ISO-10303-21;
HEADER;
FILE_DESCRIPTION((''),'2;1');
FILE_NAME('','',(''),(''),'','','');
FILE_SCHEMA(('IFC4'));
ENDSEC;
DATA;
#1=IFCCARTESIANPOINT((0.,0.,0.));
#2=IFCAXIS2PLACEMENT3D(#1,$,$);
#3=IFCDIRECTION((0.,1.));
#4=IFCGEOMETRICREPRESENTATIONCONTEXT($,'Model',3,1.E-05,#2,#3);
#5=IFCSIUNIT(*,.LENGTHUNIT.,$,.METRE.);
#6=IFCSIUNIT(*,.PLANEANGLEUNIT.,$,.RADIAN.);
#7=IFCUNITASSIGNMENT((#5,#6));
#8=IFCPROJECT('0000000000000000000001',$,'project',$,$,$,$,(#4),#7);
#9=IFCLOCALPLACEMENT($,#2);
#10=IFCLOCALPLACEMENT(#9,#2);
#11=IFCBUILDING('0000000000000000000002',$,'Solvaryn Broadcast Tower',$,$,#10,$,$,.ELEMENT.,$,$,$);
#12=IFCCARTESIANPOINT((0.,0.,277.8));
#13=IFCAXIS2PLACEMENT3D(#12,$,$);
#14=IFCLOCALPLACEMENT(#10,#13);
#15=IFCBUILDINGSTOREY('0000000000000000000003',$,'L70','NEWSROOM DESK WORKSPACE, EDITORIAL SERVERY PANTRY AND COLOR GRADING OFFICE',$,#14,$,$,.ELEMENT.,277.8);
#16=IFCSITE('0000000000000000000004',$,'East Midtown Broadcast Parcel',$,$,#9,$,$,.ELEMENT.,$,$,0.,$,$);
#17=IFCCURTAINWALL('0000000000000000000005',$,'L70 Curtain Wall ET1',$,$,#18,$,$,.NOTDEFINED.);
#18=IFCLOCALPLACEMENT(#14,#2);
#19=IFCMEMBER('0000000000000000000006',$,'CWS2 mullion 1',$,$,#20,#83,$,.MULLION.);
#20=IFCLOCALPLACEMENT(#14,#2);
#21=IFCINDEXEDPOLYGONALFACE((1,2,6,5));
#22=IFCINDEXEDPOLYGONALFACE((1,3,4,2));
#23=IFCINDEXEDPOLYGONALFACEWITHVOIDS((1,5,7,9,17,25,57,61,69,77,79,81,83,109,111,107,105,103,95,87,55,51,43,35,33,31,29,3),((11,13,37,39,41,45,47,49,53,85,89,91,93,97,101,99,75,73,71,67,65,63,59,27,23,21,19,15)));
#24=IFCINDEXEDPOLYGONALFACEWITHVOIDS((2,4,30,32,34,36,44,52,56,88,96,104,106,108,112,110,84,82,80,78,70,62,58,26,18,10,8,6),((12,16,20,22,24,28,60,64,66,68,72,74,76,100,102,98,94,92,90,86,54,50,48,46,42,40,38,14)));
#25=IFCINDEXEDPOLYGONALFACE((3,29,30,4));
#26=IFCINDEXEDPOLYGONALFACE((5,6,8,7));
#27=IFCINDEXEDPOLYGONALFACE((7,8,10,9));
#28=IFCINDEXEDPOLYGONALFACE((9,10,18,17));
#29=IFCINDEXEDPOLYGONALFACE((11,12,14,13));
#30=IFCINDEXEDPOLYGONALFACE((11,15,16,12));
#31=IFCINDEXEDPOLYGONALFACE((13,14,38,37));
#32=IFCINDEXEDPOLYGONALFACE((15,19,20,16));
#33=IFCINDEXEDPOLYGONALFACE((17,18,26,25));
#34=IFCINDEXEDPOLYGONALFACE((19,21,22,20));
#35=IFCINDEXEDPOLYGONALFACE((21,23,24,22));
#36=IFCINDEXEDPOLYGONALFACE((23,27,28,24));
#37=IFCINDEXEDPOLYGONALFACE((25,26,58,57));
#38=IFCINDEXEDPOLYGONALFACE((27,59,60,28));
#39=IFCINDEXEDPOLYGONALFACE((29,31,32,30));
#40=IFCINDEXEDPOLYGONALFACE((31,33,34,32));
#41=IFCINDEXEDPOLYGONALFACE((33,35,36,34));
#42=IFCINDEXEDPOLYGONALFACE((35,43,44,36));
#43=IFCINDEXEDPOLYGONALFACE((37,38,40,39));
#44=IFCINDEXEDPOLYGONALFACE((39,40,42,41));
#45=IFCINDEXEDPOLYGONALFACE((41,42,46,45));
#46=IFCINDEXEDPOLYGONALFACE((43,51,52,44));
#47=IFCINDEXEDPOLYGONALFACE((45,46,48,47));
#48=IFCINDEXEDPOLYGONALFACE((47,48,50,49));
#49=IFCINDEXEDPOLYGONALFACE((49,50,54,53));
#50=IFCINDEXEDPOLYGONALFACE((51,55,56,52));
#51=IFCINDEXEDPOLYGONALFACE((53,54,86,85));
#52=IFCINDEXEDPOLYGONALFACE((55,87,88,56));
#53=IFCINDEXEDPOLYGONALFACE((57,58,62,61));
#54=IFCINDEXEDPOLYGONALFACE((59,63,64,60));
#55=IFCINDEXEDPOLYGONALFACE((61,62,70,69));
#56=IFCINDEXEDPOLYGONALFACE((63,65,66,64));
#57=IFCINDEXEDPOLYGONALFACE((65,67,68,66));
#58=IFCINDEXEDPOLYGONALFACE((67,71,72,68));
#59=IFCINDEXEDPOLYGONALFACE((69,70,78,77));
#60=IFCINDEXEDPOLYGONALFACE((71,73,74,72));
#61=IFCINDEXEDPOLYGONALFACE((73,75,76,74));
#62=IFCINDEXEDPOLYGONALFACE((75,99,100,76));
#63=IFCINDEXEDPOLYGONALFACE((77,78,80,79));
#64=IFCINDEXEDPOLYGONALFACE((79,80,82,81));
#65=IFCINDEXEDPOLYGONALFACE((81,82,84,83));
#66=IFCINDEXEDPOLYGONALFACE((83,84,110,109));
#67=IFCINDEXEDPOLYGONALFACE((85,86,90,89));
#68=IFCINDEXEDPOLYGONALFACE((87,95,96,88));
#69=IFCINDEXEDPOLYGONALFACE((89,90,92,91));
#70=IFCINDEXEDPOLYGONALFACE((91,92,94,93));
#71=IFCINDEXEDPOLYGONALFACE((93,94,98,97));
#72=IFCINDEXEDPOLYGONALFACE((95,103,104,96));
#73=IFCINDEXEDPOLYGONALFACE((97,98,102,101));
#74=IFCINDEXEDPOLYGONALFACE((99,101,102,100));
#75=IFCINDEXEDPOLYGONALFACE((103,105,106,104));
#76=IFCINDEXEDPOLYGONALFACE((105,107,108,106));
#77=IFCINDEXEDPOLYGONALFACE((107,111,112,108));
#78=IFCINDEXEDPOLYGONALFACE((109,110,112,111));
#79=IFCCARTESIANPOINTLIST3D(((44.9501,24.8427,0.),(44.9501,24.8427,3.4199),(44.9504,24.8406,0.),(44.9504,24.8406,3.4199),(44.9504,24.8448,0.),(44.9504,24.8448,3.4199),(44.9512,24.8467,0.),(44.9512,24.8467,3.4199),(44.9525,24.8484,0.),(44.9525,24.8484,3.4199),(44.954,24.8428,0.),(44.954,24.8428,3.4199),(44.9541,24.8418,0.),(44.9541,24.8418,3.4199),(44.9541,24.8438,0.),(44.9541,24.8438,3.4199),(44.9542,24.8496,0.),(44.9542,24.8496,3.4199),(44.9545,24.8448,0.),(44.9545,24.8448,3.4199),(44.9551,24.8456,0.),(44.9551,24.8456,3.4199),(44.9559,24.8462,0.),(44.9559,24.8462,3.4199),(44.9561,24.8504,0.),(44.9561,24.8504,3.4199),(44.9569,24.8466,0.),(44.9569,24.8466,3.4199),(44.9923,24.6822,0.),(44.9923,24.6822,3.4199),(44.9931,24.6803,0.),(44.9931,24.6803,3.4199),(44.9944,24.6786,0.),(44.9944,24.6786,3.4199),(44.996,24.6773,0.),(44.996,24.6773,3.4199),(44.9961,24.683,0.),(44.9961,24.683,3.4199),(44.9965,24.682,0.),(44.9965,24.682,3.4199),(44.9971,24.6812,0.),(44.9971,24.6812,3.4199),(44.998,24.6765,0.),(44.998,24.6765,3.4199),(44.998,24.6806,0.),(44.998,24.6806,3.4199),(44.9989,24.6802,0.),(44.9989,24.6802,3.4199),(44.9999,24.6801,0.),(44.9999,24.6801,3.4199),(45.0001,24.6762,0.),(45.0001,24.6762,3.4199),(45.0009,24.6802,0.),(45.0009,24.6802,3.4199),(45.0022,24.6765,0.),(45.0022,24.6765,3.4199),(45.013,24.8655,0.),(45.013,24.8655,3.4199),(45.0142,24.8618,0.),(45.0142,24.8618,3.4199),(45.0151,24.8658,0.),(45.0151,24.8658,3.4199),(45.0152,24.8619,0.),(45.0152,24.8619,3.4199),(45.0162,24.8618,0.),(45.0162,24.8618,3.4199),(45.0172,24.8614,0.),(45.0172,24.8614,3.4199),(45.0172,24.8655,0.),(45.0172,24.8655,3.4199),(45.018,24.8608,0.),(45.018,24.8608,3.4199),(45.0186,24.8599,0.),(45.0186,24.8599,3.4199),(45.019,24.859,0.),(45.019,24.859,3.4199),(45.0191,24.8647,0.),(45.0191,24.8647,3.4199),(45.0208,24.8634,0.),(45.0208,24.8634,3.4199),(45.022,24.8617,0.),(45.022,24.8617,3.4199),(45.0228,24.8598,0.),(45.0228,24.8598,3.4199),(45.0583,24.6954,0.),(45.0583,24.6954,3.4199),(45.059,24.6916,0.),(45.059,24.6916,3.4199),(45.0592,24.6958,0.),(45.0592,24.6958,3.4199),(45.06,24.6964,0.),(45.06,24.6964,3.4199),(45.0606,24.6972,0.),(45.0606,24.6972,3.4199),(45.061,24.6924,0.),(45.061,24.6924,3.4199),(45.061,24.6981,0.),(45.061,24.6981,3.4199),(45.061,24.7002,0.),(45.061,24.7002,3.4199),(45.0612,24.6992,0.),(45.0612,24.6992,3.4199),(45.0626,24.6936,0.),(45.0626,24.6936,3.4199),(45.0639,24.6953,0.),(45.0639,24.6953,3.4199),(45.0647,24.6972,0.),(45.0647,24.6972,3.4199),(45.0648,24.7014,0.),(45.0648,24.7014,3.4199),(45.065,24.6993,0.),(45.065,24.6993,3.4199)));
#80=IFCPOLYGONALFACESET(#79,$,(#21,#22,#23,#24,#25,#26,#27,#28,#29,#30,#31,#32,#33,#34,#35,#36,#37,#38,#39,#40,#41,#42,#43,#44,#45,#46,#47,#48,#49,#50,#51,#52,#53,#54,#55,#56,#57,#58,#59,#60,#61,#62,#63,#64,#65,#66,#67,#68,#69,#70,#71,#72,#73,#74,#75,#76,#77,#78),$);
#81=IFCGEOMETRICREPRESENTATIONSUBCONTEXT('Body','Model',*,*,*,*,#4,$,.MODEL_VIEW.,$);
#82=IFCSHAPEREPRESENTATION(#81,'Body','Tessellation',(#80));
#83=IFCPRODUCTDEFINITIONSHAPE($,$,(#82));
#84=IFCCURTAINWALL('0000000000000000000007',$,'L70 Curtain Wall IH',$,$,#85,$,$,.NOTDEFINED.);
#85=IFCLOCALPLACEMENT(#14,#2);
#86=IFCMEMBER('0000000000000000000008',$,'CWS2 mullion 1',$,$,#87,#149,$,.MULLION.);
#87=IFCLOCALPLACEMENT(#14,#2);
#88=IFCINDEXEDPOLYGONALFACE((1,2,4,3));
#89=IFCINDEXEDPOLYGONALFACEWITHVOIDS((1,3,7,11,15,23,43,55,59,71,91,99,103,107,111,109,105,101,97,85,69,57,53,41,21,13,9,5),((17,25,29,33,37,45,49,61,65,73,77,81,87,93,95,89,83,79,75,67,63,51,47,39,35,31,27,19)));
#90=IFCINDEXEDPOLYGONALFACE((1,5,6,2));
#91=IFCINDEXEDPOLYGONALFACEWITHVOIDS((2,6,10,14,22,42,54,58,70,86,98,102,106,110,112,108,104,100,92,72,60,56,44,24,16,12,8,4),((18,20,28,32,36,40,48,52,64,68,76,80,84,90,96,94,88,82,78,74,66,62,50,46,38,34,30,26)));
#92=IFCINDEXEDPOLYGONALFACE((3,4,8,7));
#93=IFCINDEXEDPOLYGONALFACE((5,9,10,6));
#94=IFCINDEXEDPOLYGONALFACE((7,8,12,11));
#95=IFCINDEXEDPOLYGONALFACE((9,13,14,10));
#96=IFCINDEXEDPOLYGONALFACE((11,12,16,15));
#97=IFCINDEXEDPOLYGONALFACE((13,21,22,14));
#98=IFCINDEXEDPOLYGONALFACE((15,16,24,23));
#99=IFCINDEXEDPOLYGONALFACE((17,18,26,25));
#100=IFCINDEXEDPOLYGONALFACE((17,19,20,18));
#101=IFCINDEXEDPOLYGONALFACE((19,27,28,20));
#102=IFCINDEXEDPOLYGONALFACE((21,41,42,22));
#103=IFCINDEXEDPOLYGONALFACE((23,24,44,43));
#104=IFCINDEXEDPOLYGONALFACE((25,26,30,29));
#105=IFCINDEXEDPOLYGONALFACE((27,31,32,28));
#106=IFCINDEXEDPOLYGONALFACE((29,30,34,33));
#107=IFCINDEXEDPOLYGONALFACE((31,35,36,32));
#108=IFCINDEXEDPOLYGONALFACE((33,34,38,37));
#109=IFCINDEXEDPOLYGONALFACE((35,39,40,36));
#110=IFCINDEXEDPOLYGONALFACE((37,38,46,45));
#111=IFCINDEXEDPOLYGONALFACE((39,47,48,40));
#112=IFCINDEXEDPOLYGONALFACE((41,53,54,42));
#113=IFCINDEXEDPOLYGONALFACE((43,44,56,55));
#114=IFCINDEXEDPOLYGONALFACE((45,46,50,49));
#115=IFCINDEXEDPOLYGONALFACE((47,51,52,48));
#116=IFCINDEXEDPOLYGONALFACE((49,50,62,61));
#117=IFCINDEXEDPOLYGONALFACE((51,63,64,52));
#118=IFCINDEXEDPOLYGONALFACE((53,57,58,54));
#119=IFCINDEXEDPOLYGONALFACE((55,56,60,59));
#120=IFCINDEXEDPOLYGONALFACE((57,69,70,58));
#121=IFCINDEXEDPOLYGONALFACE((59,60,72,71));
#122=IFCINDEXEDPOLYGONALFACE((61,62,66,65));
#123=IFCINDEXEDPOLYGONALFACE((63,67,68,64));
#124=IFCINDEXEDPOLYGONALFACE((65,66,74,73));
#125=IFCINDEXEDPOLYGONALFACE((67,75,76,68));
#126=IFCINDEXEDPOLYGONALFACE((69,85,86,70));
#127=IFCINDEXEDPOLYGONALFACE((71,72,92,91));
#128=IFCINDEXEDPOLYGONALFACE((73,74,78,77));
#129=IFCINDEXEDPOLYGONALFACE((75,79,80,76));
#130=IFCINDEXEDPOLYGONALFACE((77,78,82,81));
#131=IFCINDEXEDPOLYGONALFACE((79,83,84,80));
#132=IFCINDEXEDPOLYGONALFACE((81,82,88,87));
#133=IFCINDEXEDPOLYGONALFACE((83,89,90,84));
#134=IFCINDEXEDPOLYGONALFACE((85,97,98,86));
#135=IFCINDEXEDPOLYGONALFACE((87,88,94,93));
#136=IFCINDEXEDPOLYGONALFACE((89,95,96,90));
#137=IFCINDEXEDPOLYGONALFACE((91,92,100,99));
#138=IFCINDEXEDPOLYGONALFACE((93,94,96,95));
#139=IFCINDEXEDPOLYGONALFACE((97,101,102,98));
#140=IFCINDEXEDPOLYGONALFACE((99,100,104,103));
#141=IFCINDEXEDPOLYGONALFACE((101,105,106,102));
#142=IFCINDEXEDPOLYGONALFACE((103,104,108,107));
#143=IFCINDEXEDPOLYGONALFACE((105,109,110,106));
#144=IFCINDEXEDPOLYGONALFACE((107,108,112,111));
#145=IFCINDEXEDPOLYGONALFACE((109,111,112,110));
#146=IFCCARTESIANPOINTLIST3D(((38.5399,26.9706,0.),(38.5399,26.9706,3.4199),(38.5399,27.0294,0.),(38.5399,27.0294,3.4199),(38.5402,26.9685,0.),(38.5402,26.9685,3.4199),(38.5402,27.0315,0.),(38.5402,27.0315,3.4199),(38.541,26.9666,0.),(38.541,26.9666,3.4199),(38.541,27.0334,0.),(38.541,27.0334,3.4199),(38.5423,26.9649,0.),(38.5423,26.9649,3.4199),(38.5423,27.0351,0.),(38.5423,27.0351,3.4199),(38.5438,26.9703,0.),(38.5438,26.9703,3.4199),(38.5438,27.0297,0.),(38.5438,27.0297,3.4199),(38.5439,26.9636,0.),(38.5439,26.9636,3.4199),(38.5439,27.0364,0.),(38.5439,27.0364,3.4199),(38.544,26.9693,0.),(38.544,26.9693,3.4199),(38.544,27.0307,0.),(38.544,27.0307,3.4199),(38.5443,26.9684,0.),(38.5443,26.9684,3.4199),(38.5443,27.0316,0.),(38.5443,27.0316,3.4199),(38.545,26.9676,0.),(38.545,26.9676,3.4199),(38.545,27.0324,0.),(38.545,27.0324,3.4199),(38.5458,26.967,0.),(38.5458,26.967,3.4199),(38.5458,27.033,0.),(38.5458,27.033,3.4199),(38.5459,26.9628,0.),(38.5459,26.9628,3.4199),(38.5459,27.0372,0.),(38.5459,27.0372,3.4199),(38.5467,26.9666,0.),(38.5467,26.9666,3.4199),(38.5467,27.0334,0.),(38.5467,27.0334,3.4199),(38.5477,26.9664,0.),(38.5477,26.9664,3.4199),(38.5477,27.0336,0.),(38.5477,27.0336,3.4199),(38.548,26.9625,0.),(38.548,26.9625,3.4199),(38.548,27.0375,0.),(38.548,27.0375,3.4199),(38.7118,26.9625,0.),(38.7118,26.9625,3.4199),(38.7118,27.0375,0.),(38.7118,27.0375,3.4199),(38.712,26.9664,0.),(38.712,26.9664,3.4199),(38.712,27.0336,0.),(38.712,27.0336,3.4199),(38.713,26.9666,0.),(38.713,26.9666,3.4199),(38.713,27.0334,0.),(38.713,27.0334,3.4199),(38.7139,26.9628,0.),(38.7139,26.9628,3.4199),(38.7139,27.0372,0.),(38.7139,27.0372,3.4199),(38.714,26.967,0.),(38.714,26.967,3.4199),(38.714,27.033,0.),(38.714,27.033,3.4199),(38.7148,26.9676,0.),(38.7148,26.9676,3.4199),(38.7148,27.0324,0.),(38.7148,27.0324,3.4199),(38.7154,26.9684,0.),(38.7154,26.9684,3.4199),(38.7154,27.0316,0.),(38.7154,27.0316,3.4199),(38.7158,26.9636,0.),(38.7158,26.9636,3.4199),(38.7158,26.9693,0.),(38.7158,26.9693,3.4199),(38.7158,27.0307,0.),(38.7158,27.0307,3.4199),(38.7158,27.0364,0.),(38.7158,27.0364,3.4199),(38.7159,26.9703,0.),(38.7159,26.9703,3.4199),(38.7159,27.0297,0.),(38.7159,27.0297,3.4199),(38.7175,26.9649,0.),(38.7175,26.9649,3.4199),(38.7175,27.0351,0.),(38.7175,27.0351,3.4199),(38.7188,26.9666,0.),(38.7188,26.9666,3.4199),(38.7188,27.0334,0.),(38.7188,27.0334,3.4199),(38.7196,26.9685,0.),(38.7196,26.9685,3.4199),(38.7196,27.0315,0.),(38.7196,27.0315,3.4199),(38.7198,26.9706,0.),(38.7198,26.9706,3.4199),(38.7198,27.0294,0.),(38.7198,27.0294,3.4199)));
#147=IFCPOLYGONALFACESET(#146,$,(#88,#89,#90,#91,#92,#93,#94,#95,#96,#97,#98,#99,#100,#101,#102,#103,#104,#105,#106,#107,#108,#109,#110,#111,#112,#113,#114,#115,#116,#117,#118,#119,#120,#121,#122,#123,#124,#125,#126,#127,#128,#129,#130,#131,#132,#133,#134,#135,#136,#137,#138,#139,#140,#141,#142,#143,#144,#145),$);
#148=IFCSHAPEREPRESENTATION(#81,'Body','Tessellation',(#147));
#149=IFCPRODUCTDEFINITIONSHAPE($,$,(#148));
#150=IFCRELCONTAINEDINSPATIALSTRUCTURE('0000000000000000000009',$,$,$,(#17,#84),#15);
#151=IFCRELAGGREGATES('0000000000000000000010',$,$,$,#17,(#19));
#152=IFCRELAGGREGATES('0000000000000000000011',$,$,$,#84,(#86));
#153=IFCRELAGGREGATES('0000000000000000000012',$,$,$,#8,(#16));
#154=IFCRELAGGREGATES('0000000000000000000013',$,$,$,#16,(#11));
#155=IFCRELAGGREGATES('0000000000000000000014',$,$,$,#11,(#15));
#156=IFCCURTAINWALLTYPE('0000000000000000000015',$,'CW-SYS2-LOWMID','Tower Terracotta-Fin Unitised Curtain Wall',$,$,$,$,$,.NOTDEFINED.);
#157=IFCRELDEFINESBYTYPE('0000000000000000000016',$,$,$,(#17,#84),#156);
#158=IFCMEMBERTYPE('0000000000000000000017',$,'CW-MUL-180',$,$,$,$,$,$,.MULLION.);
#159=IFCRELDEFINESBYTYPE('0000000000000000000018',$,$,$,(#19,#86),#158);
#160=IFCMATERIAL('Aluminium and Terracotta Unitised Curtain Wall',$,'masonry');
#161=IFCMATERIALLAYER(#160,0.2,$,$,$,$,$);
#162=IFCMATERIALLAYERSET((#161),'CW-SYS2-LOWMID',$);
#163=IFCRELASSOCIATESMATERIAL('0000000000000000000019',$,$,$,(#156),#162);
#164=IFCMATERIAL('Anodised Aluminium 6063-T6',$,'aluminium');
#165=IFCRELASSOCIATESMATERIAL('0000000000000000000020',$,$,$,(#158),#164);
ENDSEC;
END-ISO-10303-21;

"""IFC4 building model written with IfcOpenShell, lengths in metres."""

from ifc_helpers import new_model, si_unit, direction, frame, origin, origin_2d, place, context, subcontext, project, spatial, hollow_rectangle, extrude, material, layer, layer_set, material_profile, profile_set, type_object, element, aggregate, save


model = new_model("IFC4")

# Units and contexts
model_context = context("Model", 3, precision=1e-05, world=origin(), true_north=direction((0.0, 1.0)))
body_context = subcontext(model_context, "Body", "Model", "MODEL_VIEW")
ifc_project = project(units=[si_unit("LENGTHUNIT", "METRE"), si_unit("PLANEANGLEUNIT", "RADIAN")], contexts=[model_context])

# Site, building, storey
site_placement = place(None, origin())
site = spatial("IfcSite", under=ifc_project, at=site_placement, Name="East Midtown Broadcast Parcel", CompositionType="ELEMENT", RefElevation=0.0)
building_placement = place(site_placement, origin())
building = spatial("IfcBuilding", under=site, at=building_placement, Name="Solvaryn Broadcast Tower", CompositionType="ELEMENT")
storey_placement = place(building_placement, frame((0.0, 0.0, 277.8)))
storey = spatial("IfcBuildingStorey", under=building, at=storey_placement, Name="L70", Description="NEWSROOM DESK WORKSPACE, EDITORIAL SERVERY PANTRY AND COLOR GRADING OFFICE", CompositionType="ELEMENT", Elevation=277.8)

# Curtain wall, member
ifc_material_1 = material(Name="Aluminium and Terracotta Unitised Curtain Wall", Category="masonry")
ifc_layer_1 = layer(ifc_material_1, 0.2)
ifc_layer_set_1 = layer_set([ifc_layer_1], Name="CW-SYS2-LOWMID")
curtain_wall_type = type_object("IfcCurtainWallType", Name="CW-SYS2-LOWMID", Description="Tower Terracotta-Fin Unitised Curtain Wall", PredefinedType="NOTDEFINED", material=ifc_layer_set_1)
curtain_wall_1_placement = place(storey_placement, origin())
curtain_wall_1 = element("IfcCurtainWall", 1, at=curtain_wall_1_placement, inside=storey, type_object=curtain_wall_type, Name="L70 Curtain Wall ET1", PredefinedType="NOTDEFINED")
ifc_material_2 = material(Name="Anodised Aluminium 6063-T6", Category="aluminium")
ifc_material_profile_1 = material_profile(ifc_material_2, hollow_rectangle(XDim=0.075, YDim=0.1799, WallThickness=0.0039, InnerFilletRadius=0.0039, OuterFilletRadius=0.0081, at=origin_2d()))
ifc_profile_set_1 = profile_set([ifc_material_profile_1], Name="Anodised Aluminium 6063-T6")
member_type_1 = type_object("IfcMemberType", Name="CW-MUL-180", PredefinedType="MULLION", material=ifc_profile_set_1)
member_1_placement = place(storey_placement, frame((45.0076, 24.771, 0.0), z_axis=(0.0, 0.0, 1.0), x_axis=(0.966705, 0.255893, 0.0)))
member_1 = element("IfcMember", 2, at=member_1_placement, type_object=member_type_1, Name="CWS2 mullion 1", PredefinedType="MULLION", context=body_context, shape_type="SweptSolid", body=[
    extrude(hollow_rectangle(XDim=0.075, YDim=0.1799, WallThickness=0.0039, InnerFilletRadius=0.0039, OuterFilletRadius=0.0081, at=origin_2d()), origin(), (0.0, 0.0, 1.0), 3.4199),
])

# Curtain wall, member
curtain_wall_2_placement = place(storey_placement, origin())
curtain_wall_2 = element("IfcCurtainWall", 3, at=curtain_wall_2_placement, inside=storey, type_object=curtain_wall_type, Name="L70 Curtain Wall IH", PredefinedType="NOTDEFINED")
member_2_placement = place(storey_placement, frame((38.6299, 27.0, 0.0), z_axis=(0.0, 0.0, 1.0), x_axis=(0.0, 1.0, 0.0)))
member_2 = element("IfcMember", 4, at=member_2_placement, type_object=member_type_1, Name="CWS2 mullion 1", PredefinedType="MULLION", context=body_context, shape_type="SweptSolid", body=[
    extrude(hollow_rectangle(XDim=0.075, YDim=0.1799, WallThickness=0.0039, InnerFilletRadius=0.0039, OuterFilletRadius=0.0081, at=origin_2d()), origin(), (0.0, 0.0, 1.0), 3.4199),
])

aggregate(curtain_wall_1, [member_1])
aggregate(curtain_wall_2, [member_2])

save(model, "model.ifc")
